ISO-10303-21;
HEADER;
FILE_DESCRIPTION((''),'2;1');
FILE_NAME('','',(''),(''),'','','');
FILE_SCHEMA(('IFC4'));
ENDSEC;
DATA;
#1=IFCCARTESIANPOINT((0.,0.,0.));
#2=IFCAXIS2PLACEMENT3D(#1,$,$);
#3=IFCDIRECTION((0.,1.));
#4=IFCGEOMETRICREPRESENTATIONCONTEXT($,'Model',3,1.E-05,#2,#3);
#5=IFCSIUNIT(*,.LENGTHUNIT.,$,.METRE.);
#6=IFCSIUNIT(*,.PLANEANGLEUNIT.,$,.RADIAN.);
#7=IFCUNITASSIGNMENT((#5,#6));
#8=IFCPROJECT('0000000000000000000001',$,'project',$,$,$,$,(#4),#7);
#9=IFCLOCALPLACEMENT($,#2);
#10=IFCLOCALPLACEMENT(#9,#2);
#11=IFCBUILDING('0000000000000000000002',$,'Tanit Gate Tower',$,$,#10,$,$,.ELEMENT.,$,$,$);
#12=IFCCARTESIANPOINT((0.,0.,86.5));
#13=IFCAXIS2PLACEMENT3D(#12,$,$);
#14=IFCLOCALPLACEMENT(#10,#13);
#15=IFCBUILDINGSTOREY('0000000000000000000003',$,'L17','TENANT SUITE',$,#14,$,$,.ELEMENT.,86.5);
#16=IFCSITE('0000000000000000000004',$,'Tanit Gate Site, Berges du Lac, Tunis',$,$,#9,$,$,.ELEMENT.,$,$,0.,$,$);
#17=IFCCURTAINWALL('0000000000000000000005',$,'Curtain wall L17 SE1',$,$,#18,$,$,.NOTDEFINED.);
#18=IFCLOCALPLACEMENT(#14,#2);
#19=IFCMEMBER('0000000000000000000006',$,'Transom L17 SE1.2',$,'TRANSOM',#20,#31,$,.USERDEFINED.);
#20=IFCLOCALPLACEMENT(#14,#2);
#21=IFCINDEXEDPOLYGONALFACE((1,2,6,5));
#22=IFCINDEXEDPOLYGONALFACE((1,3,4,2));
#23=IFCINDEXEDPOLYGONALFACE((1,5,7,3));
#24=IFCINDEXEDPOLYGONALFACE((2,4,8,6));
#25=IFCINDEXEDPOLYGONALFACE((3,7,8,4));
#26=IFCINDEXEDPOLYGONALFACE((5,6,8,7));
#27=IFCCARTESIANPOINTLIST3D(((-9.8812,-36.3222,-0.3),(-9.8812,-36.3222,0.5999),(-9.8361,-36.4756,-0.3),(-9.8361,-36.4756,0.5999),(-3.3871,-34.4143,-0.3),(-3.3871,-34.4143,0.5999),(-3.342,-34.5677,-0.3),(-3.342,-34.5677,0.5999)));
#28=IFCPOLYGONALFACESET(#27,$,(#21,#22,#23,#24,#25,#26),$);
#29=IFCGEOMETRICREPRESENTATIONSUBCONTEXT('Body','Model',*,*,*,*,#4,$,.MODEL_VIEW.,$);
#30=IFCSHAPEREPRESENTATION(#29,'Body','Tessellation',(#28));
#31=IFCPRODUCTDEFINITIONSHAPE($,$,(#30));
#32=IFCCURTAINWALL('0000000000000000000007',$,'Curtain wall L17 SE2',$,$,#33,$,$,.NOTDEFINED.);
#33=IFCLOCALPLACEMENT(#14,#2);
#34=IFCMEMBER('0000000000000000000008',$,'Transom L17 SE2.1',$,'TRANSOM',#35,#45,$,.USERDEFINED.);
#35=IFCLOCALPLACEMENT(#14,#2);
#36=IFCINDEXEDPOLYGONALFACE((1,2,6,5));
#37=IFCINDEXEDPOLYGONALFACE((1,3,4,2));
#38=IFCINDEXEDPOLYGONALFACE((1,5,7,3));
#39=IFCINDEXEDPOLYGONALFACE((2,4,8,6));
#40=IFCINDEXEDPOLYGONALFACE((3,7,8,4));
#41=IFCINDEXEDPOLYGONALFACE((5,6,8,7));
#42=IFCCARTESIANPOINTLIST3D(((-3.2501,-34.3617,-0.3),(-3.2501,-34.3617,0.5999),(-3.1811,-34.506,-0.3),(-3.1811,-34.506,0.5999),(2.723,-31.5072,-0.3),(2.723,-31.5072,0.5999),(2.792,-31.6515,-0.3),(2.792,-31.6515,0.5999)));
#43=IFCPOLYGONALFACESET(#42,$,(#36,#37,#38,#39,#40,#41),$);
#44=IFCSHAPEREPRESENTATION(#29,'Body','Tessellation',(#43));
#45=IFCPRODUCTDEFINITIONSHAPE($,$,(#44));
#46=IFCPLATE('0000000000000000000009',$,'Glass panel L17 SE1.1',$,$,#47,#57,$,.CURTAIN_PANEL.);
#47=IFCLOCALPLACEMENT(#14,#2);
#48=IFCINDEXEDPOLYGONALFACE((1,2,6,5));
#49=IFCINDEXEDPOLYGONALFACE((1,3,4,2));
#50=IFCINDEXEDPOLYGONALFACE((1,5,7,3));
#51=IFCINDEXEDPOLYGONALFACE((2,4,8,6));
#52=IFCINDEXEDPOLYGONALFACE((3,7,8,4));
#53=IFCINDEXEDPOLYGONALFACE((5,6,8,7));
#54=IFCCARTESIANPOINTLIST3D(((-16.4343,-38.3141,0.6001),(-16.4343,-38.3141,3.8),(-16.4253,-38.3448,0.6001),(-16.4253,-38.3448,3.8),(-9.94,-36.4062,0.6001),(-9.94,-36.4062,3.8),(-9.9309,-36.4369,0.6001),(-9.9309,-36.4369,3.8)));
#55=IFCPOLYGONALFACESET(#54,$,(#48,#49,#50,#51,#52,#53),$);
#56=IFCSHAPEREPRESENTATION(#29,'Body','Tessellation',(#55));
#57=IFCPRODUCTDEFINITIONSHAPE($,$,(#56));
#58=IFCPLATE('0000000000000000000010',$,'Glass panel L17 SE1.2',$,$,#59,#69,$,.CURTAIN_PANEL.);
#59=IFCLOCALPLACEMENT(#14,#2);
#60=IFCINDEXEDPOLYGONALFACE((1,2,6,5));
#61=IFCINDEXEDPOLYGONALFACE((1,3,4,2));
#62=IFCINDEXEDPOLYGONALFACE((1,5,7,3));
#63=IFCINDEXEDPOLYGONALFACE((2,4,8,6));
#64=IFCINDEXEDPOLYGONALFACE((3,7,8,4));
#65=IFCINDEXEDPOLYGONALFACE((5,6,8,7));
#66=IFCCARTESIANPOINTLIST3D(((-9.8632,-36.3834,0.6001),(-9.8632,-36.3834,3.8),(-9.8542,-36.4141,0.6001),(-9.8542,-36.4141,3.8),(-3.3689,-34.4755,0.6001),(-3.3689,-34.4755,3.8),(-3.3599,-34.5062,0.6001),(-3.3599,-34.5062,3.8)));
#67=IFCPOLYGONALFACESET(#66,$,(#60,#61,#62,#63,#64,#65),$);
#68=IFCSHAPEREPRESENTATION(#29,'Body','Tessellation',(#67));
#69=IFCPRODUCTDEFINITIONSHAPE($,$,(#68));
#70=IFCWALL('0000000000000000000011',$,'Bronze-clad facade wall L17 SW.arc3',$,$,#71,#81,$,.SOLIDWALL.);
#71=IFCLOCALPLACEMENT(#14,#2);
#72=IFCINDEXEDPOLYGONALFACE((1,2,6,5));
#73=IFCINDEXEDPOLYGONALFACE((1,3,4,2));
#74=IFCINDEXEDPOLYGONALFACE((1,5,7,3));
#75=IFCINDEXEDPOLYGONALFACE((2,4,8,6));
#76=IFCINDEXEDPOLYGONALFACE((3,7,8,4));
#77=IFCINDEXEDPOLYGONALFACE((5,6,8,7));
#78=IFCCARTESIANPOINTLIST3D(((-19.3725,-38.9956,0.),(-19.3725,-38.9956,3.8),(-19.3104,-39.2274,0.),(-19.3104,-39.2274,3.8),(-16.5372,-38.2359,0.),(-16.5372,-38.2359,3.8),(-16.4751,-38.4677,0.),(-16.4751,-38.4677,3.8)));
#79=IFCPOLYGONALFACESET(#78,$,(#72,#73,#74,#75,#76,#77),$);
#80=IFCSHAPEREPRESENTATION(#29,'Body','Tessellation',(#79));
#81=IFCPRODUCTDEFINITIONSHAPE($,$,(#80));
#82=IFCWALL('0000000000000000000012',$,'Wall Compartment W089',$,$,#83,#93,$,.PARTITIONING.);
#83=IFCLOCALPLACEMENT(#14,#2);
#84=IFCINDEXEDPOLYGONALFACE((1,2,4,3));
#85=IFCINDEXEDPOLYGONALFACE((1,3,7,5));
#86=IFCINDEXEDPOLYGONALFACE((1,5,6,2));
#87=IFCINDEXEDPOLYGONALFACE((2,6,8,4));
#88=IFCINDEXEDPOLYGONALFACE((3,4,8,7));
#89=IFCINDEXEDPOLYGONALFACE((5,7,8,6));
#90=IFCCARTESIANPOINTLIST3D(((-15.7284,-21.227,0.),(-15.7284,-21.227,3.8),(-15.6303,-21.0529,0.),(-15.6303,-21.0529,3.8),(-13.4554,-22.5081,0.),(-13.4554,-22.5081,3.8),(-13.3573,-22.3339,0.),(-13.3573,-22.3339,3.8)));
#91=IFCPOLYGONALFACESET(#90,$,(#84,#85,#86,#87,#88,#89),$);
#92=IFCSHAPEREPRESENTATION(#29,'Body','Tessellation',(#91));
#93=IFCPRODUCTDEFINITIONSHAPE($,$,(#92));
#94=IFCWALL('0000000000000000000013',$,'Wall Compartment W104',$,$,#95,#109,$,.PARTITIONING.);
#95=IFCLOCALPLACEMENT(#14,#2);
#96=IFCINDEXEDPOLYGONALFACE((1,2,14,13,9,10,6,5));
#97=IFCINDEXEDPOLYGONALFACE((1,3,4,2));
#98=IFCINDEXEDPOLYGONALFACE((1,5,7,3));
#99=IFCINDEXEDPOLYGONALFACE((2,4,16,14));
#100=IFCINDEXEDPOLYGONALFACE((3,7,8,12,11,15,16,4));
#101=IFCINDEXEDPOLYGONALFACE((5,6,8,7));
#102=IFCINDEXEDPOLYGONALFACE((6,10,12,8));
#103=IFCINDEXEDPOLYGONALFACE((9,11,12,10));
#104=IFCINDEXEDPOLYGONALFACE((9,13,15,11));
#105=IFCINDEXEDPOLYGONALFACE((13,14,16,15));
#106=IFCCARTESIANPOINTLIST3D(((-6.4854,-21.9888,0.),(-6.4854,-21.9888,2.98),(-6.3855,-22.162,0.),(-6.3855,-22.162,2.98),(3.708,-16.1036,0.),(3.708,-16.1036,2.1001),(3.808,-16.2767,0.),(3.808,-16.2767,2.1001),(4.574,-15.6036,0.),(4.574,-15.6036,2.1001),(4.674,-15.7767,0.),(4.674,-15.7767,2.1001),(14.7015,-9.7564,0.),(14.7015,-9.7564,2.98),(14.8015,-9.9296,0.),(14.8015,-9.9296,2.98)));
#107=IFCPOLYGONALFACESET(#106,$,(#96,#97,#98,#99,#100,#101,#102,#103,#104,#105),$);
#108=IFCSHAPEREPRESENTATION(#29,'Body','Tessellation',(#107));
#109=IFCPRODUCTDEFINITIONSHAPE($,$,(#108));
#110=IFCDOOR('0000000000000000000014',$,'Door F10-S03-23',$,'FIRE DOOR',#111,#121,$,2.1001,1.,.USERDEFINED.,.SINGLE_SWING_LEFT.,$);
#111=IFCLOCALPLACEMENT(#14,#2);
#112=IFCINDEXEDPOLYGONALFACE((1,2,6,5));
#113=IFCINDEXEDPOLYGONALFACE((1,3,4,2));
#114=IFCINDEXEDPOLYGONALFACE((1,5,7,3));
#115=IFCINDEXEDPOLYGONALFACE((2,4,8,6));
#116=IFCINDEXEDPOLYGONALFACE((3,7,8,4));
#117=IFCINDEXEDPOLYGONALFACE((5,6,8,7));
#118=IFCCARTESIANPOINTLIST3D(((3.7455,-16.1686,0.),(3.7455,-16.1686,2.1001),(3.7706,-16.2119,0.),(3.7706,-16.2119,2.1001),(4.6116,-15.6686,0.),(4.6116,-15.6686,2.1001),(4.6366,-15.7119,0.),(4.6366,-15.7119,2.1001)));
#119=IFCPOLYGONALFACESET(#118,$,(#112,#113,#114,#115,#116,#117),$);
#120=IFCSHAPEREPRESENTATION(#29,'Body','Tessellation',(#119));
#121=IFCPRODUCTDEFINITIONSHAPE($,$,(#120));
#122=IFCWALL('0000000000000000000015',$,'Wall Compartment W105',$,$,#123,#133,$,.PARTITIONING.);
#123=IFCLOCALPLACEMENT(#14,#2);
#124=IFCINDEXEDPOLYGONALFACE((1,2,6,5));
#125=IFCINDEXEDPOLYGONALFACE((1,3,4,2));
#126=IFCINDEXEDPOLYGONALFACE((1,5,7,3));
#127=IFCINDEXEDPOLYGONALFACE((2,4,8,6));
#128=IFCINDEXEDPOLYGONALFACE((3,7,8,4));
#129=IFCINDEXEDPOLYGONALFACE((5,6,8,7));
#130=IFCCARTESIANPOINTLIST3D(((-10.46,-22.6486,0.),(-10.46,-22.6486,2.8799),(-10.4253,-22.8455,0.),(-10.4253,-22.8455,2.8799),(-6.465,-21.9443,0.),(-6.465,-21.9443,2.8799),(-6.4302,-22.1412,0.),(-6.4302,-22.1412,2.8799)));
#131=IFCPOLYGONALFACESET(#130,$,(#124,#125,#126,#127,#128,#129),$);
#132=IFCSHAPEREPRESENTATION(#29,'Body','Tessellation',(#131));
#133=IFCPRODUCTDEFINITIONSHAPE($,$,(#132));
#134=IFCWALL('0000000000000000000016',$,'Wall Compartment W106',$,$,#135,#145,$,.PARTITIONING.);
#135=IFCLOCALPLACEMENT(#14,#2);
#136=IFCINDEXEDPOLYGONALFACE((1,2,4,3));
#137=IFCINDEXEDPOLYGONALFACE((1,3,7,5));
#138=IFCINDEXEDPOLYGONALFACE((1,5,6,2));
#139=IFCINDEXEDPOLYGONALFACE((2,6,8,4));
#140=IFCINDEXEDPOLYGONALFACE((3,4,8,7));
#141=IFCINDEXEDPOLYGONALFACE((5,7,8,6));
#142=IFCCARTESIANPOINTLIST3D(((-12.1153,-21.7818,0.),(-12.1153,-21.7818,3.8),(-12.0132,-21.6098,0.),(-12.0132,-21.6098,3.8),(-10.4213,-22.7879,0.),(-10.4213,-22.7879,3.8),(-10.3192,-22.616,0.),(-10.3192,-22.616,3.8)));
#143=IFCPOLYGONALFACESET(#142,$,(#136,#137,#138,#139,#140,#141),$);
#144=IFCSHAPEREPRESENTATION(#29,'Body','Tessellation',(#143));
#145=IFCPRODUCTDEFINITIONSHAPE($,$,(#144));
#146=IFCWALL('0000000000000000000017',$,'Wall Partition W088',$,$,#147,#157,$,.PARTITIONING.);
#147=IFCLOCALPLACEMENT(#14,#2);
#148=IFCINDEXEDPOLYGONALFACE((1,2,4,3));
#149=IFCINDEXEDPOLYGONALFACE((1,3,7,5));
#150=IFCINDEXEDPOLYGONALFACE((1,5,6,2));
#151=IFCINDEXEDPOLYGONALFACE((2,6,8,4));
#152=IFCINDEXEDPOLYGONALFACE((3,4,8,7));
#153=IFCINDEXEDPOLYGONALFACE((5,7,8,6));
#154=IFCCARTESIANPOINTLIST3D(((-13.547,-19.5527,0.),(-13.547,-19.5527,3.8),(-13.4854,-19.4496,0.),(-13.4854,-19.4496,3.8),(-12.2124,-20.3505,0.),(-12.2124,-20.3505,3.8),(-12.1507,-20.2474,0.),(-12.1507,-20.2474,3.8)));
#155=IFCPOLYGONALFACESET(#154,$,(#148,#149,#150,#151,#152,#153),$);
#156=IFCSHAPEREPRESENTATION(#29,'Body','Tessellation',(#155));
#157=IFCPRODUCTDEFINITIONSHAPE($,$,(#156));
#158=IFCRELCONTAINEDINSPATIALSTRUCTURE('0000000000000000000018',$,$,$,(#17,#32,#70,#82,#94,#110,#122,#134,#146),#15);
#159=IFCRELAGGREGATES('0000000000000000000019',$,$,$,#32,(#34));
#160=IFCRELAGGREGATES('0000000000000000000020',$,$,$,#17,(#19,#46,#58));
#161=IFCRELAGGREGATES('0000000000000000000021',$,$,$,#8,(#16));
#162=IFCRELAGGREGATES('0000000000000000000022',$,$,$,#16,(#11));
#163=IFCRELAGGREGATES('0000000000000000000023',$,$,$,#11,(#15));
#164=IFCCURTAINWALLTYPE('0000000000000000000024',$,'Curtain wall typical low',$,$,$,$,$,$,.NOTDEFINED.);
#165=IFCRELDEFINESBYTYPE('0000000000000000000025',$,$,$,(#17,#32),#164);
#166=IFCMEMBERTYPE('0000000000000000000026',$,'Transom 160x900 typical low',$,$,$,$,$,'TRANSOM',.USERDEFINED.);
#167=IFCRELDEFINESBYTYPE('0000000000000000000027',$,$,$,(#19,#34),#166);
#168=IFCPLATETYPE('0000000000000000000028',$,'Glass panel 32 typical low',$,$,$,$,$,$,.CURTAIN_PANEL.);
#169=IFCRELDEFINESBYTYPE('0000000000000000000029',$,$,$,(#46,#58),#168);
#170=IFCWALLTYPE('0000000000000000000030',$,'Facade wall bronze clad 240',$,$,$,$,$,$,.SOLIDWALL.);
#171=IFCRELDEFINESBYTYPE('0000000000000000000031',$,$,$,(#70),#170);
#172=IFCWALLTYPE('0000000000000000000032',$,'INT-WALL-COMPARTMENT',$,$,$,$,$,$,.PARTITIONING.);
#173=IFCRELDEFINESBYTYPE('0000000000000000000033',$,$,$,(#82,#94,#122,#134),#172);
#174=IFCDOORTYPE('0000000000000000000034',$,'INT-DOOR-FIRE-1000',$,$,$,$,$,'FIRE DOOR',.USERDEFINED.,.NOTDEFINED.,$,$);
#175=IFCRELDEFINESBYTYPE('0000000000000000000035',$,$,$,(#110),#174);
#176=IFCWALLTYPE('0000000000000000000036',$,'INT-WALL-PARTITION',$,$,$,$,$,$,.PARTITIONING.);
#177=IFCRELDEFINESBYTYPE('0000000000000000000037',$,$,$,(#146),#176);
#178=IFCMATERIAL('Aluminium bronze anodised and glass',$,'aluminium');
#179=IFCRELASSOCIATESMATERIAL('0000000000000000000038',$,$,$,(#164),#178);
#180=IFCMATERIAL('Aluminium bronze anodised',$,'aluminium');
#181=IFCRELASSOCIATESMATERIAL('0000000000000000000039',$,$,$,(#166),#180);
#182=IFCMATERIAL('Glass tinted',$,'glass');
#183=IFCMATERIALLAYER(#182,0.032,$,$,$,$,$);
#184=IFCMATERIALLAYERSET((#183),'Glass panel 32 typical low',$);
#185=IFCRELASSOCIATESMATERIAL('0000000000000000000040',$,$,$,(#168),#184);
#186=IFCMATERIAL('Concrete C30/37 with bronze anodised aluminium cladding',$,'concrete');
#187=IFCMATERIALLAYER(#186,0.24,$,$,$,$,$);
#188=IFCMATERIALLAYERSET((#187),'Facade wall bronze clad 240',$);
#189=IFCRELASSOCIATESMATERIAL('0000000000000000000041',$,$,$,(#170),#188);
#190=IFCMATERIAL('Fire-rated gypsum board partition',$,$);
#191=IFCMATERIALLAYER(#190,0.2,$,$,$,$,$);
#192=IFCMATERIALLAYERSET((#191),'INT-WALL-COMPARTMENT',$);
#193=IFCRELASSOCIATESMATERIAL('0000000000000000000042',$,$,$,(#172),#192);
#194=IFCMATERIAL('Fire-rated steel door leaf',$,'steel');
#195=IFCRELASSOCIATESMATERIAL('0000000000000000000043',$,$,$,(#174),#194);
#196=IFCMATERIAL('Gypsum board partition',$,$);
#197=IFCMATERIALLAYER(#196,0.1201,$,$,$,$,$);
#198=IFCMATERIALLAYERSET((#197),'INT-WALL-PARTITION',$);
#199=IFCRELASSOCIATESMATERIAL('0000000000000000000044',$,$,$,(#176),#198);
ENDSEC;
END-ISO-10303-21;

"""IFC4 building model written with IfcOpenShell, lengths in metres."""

from ifc_helpers import new_model, si_unit, direction, frame, frame_2d, origin, origin_2d, place, context, subcontext, project, spatial, rectangle, extrude, material, layer, layer_set, material_profile, profile_set, type_object, element, fill, aggregate, save


model = new_model("IFC4")

# Units and contexts
model_context = context("Model", 3, precision=1e-05, world=origin(), true_north=direction((0.0, 1.0)))
body_context = subcontext(model_context, "Body", "Model", "MODEL_VIEW")
ifc_project = project(units=[si_unit("LENGTHUNIT", "METRE"), si_unit("PLANEANGLEUNIT", "RADIAN")], contexts=[model_context])

# Site, building, storey
site_placement = place(None, origin())
site = spatial("IfcSite", under=ifc_project, at=site_placement, Name="Tanit Gate Site, Berges du Lac, Tunis", CompositionType="ELEMENT", RefElevation=0.0)
building_placement = place(site_placement, origin())
building = spatial("IfcBuilding", under=site, at=building_placement, Name="Tanit Gate Tower", CompositionType="ELEMENT")
storey_placement = place(building_placement, frame((0.0, 0.0, 86.5)))
storey = spatial("IfcBuildingStorey", under=building, at=storey_placement, Name="L17", Description="TENANT SUITE", CompositionType="ELEMENT", Elevation=86.5)

# Curtain wall
ifc_material_1 = material(Name="Aluminium bronze anodised and glass", Category="aluminium")
curtain_wall_type = type_object("IfcCurtainWallType", Name="Curtain wall typical low", PredefinedType="NOTDEFINED", material=ifc_material_1)
curtain_wall_1_placement = place(storey_placement, origin())
curtain_wall_1 = element("IfcCurtainWall", 1, at=curtain_wall_1_placement, inside=storey, type_object=curtain_wall_type, Name="Curtain wall L17 SE1", PredefinedType="NOTDEFINED")

# Member
ifc_material_2 = material(Name="Aluminium bronze anodised", Category="aluminium")
ifc_material_profile_1 = material_profile(ifc_material_2, rectangle(XDim=0.1599, YDim=0.8999, at=origin_2d()), Name="160x900 bronze transom")
ifc_profile_set_1 = profile_set([ifc_material_profile_1], Name="Aluminium bronze anodised")
member_type_1 = type_object("IfcMemberType", Name="Transom 160x900 typical low", ElementType="TRANSOM", PredefinedType="USERDEFINED", material=ifc_profile_set_1)
member_1_placement = place(storey_placement, frame((-9.8586, -36.3989, 0.1499), z_axis=(0.959449, 0.281883, 0.0), x_axis=(-0.281883, 0.959449, 0.0)))
member_1 = element("IfcMember", 2, at=member_1_placement, type_object=member_type_1, Name="Transom L17 SE1.2", ObjectType="TRANSOM", PredefinedType="USERDEFINED", context=body_context, shape_type="SweptSolid", body=[
    extrude(rectangle(XDim=0.1599, YDim=0.8999, at=origin_2d()), origin(), (0.0, 0.0, 1.0), 6.7686),
])

# Curtain wall, member
curtain_wall_2_placement = place(storey_placement, origin())
curtain_wall_2 = element("IfcCurtainWall", 3, at=curtain_wall_2_placement, inside=storey, type_object=curtain_wall_type, Name="Curtain wall L17 SE2", PredefinedType="NOTDEFINED")
member_2_placement = place(storey_placement, frame((-3.2156, -34.4338, 0.1499), z_axis=(0.902265, 0.431181, 0.0), x_axis=(-0.431181, 0.902265, 0.0)))
member_2 = element("IfcMember", 4, at=member_2_placement, type_object=member_type_1, Name="Transom L17 SE2.1", ObjectType="TRANSOM", PredefinedType="USERDEFINED", context=body_context, shape_type="SweptSolid", body=[
    extrude(rectangle(XDim=0.1599, YDim=0.8999, at=origin_2d()), origin(), (0.0, 0.0, 1.0), 6.6201),
])
aggregate(curtain_wall_2, [member_2])

# Plates
ifc_material_3 = material(Name="Glass tinted", Category="glass")
ifc_layer_1 = layer(ifc_material_3, 0.032)
ifc_layer_set_1 = layer_set([ifc_layer_1], Name="Glass panel 32 typical low")
plate_type = type_object("IfcPlateType", Name="Glass panel 32 typical low", PredefinedType="CURTAIN_PANEL", material=ifc_layer_set_1)
plate_1_placement = place(storey_placement, frame((-13.1826, -37.3755, 0.6001), z_axis=(0.0, 0.0, 1.0), x_axis=(0.959452, 0.281871, 0.0)))
plate_1 = element("IfcPlate", 5, at=plate_1_placement, type_object=plate_type, Name="Glass panel L17 SE1.1", PredefinedType="CURTAIN_PANEL", context=body_context, shape_type="SweptSolid", body=[
    extrude(rectangle(XDim=6.7688, YDim=0.032, at=origin_2d()), origin(), (0.0, 0.0, 1.0), 3.2),
])
plate_2_placement = place(storey_placement, frame((-6.6116, -35.4448, 0.6001), z_axis=(0.0, 0.0, 1.0), x_axis=(0.959452, 0.281871, 0.0)))
plate_2 = element("IfcPlate", 6, at=plate_2_placement, type_object=plate_type, Name="Glass panel L17 SE1.2", PredefinedType="CURTAIN_PANEL", context=body_context, shape_type="SweptSolid", body=[
    extrude(rectangle(XDim=6.7688, YDim=0.032, at=origin_2d()), origin(), (0.0, 0.0, 1.0), 3.2),
])
aggregate(curtain_wall_1, [member_1, plate_1, plate_2])

# Walls
ifc_material_4 = material(Name="Concrete C30/37 with bronze anodised aluminium cladding", Category="concrete")
ifc_layer_2 = layer(ifc_material_4, 0.24)
ifc_layer_set_2 = layer_set([ifc_layer_2], Name="Facade wall bronze clad 240")
wall_type_1 = type_object("IfcWallType", Name="Facade wall bronze clad 240", PredefinedType="SOLIDWALL", material=ifc_layer_set_2)
wall_1_placement = place(storey_placement, frame((-19.3416, -39.1116, 0.0), z_axis=(0.0, 0.0, 1.0), x_axis=(0.965919, 0.258843, 0.0)))
element("IfcWall", 7, at=wall_1_placement, inside=storey, type_object=wall_type_1, Name="Bronze-clad facade wall L17 SW.arc3", PredefinedType="SOLIDWALL", context=body_context, shape_type="SweptSolid", body=[
    extrude(rectangle(XDim=2.9353, YDim=0.24, at=frame_2d((1.4678, 0.0))), origin(), (0.0, 0.0, 1.0), 3.8),
])
ifc_material_5 = material(Name="Fire-rated gypsum board partition")
ifc_layer_3 = layer(ifc_material_5, 0.2)
ifc_layer_set_3 = layer_set([ifc_layer_3], Name="INT-WALL-COMPARTMENT")
wall_type_2 = type_object("IfcWallType", Name="INT-WALL-COMPARTMENT", PredefinedType="PARTITIONING", material=ifc_layer_set_3)
wall_2_placement = place(storey_placement, frame((-15.6794, -21.1399, 0.0), z_axis=(0.0, 0.0, 1.0), x_axis=(0.87117, -0.490981, 0.0)))
element("IfcWall", 8, at=wall_2_placement, inside=storey, type_object=wall_type_2, Name="Wall Compartment W089", PredefinedType="PARTITIONING", context=body_context, shape_type="SweptSolid", body=[
    extrude(rectangle(XDim=2.6091, YDim=0.2, at=frame_2d((1.3047, 0.0))), origin(), (0.0, 0.0, 1.0), 3.8),
])

# Wall, opening, door
wall_3_placement = place(storey_placement, frame((-6.4355, -22.0754, 0.0), z_axis=(0.0, 0.0, 1.0), x_axis=(0.866024, 0.500003, 0.0)))
wall_3 = element("IfcWall", 9, at=wall_3_placement, inside=storey, type_object=wall_type_2, Name="Wall Compartment W104", PredefinedType="PARTITIONING", context=body_context, shape_type="SweptSolid", body=[
    extrude(rectangle(XDim=24.4646, YDim=0.2, at=frame_2d((12.2324, 0.0))), origin(), (0.0, 0.0, 1.0), 2.98),
])
opening_1_placement = place(wall_3_placement, frame((11.7705, 0.0, 0.0)))
opening_1 = element("IfcOpeningElement", 10, at=opening_1_placement, cuts=wall_3, PredefinedType="OPENING", context=body_context, shape_type="SweptSolid", body=[
    extrude(rectangle(XDim=1.0, YDim=2.1001, at=frame_2d((0.5, 1.05))), frame((0.0, 0.1099, 0.0), z_axis=(0.0, -1.0, 0.0), x_axis=(1.0, 0.0, 0.0)), (0.0, 0.0, 1.0), 0.22),
])
ifc_material_6 = material(Name="Fire-rated steel door leaf", Category="steel")
door_type_1 = type_object("IfcDoorType", Name="INT-DOOR-FIRE-1000", ElementType="FIRE DOOR", OperationType="NOTDEFINED", PredefinedType="USERDEFINED", material=ifc_material_6)
door_1_placement = place(opening_1_placement, origin())
door_1 = element("IfcDoor", 11, at=door_1_placement, inside=storey, type_object=door_type_1, Name="Door F10-S03-23", ObjectType="FIRE DOOR", OperationType="SINGLE_SWING_LEFT", OverallHeight=2.1001, OverallWidth=1.0, PredefinedType="USERDEFINED", context=body_context, shape_type="SweptSolid", body=[
    extrude(rectangle(XDim=1.0, YDim=2.1001, at=frame_2d((0.5, 1.05))), frame((0.0, 0.0249, 0.0), z_axis=(0.0, -1.0, 0.0), x_axis=(1.0, 0.0, 0.0)), (0.0, 0.0, 1.0), 0.05),
])
fill(opening_1, door_1)

# Walls
wall_4_placement = place(storey_placement, frame((-10.4426, -22.7471, 0.0), z_axis=(0.0, 0.0, 1.0), x_axis=(0.984812, 0.173624, 0.0)))
element("IfcWall", 12, at=wall_4_placement, inside=storey, type_object=wall_type_2, Name="Wall Compartment W105", PredefinedType="PARTITIONING", context=body_context, shape_type="SweptSolid", body=[
    extrude(rectangle(XDim=4.0566, YDim=0.2, at=frame_2d((2.0283, 0.0))), origin(), (0.0, 0.0, 1.0), 2.8799),
])
wall_5_placement = place(storey_placement, frame((-12.0642, -21.6958, 0.0), z_axis=(0.0, 0.0, 1.0), x_axis=(0.85977, -0.510682, 0.0)))
element("IfcWall", 13, at=wall_5_placement, inside=storey, type_object=wall_type_2, Name="Wall Compartment W106", PredefinedType="PARTITIONING", context=body_context, shape_type="SweptSolid", body=[
    extrude(rectangle(XDim=1.9702, YDim=0.2, at=frame_2d((0.9851, 0.0))), origin(), (0.0, 0.0, 1.0), 3.8),
])
ifc_material_7 = material(Name="Gypsum board partition")
ifc_layer_4 = layer(ifc_material_7, 0.1201)
ifc_layer_set_4 = layer_set([ifc_layer_4], Name="INT-WALL-PARTITION")
wall_type_3 = type_object("IfcWallType", Name="INT-WALL-PARTITION", PredefinedType="PARTITIONING", material=ifc_layer_set_4)
wall_6_placement = place(storey_placement, frame((-13.5161, -19.5012, 0.0), z_axis=(0.0, 0.0, 1.0), x_axis=(0.858337, -0.513087, 0.0)))
element("IfcWall", 14, at=wall_6_placement, inside=storey, type_object=wall_type_3, Name="Wall Partition W088", PredefinedType="PARTITIONING", context=body_context, shape_type="SweptSolid", body=[
    extrude(rectangle(XDim=1.5549, YDim=0.1201, at=frame_2d((0.7773, 0.0))), origin(), (0.0, 0.0, 1.0), 3.8),
])

save(model, "model.ifc")
